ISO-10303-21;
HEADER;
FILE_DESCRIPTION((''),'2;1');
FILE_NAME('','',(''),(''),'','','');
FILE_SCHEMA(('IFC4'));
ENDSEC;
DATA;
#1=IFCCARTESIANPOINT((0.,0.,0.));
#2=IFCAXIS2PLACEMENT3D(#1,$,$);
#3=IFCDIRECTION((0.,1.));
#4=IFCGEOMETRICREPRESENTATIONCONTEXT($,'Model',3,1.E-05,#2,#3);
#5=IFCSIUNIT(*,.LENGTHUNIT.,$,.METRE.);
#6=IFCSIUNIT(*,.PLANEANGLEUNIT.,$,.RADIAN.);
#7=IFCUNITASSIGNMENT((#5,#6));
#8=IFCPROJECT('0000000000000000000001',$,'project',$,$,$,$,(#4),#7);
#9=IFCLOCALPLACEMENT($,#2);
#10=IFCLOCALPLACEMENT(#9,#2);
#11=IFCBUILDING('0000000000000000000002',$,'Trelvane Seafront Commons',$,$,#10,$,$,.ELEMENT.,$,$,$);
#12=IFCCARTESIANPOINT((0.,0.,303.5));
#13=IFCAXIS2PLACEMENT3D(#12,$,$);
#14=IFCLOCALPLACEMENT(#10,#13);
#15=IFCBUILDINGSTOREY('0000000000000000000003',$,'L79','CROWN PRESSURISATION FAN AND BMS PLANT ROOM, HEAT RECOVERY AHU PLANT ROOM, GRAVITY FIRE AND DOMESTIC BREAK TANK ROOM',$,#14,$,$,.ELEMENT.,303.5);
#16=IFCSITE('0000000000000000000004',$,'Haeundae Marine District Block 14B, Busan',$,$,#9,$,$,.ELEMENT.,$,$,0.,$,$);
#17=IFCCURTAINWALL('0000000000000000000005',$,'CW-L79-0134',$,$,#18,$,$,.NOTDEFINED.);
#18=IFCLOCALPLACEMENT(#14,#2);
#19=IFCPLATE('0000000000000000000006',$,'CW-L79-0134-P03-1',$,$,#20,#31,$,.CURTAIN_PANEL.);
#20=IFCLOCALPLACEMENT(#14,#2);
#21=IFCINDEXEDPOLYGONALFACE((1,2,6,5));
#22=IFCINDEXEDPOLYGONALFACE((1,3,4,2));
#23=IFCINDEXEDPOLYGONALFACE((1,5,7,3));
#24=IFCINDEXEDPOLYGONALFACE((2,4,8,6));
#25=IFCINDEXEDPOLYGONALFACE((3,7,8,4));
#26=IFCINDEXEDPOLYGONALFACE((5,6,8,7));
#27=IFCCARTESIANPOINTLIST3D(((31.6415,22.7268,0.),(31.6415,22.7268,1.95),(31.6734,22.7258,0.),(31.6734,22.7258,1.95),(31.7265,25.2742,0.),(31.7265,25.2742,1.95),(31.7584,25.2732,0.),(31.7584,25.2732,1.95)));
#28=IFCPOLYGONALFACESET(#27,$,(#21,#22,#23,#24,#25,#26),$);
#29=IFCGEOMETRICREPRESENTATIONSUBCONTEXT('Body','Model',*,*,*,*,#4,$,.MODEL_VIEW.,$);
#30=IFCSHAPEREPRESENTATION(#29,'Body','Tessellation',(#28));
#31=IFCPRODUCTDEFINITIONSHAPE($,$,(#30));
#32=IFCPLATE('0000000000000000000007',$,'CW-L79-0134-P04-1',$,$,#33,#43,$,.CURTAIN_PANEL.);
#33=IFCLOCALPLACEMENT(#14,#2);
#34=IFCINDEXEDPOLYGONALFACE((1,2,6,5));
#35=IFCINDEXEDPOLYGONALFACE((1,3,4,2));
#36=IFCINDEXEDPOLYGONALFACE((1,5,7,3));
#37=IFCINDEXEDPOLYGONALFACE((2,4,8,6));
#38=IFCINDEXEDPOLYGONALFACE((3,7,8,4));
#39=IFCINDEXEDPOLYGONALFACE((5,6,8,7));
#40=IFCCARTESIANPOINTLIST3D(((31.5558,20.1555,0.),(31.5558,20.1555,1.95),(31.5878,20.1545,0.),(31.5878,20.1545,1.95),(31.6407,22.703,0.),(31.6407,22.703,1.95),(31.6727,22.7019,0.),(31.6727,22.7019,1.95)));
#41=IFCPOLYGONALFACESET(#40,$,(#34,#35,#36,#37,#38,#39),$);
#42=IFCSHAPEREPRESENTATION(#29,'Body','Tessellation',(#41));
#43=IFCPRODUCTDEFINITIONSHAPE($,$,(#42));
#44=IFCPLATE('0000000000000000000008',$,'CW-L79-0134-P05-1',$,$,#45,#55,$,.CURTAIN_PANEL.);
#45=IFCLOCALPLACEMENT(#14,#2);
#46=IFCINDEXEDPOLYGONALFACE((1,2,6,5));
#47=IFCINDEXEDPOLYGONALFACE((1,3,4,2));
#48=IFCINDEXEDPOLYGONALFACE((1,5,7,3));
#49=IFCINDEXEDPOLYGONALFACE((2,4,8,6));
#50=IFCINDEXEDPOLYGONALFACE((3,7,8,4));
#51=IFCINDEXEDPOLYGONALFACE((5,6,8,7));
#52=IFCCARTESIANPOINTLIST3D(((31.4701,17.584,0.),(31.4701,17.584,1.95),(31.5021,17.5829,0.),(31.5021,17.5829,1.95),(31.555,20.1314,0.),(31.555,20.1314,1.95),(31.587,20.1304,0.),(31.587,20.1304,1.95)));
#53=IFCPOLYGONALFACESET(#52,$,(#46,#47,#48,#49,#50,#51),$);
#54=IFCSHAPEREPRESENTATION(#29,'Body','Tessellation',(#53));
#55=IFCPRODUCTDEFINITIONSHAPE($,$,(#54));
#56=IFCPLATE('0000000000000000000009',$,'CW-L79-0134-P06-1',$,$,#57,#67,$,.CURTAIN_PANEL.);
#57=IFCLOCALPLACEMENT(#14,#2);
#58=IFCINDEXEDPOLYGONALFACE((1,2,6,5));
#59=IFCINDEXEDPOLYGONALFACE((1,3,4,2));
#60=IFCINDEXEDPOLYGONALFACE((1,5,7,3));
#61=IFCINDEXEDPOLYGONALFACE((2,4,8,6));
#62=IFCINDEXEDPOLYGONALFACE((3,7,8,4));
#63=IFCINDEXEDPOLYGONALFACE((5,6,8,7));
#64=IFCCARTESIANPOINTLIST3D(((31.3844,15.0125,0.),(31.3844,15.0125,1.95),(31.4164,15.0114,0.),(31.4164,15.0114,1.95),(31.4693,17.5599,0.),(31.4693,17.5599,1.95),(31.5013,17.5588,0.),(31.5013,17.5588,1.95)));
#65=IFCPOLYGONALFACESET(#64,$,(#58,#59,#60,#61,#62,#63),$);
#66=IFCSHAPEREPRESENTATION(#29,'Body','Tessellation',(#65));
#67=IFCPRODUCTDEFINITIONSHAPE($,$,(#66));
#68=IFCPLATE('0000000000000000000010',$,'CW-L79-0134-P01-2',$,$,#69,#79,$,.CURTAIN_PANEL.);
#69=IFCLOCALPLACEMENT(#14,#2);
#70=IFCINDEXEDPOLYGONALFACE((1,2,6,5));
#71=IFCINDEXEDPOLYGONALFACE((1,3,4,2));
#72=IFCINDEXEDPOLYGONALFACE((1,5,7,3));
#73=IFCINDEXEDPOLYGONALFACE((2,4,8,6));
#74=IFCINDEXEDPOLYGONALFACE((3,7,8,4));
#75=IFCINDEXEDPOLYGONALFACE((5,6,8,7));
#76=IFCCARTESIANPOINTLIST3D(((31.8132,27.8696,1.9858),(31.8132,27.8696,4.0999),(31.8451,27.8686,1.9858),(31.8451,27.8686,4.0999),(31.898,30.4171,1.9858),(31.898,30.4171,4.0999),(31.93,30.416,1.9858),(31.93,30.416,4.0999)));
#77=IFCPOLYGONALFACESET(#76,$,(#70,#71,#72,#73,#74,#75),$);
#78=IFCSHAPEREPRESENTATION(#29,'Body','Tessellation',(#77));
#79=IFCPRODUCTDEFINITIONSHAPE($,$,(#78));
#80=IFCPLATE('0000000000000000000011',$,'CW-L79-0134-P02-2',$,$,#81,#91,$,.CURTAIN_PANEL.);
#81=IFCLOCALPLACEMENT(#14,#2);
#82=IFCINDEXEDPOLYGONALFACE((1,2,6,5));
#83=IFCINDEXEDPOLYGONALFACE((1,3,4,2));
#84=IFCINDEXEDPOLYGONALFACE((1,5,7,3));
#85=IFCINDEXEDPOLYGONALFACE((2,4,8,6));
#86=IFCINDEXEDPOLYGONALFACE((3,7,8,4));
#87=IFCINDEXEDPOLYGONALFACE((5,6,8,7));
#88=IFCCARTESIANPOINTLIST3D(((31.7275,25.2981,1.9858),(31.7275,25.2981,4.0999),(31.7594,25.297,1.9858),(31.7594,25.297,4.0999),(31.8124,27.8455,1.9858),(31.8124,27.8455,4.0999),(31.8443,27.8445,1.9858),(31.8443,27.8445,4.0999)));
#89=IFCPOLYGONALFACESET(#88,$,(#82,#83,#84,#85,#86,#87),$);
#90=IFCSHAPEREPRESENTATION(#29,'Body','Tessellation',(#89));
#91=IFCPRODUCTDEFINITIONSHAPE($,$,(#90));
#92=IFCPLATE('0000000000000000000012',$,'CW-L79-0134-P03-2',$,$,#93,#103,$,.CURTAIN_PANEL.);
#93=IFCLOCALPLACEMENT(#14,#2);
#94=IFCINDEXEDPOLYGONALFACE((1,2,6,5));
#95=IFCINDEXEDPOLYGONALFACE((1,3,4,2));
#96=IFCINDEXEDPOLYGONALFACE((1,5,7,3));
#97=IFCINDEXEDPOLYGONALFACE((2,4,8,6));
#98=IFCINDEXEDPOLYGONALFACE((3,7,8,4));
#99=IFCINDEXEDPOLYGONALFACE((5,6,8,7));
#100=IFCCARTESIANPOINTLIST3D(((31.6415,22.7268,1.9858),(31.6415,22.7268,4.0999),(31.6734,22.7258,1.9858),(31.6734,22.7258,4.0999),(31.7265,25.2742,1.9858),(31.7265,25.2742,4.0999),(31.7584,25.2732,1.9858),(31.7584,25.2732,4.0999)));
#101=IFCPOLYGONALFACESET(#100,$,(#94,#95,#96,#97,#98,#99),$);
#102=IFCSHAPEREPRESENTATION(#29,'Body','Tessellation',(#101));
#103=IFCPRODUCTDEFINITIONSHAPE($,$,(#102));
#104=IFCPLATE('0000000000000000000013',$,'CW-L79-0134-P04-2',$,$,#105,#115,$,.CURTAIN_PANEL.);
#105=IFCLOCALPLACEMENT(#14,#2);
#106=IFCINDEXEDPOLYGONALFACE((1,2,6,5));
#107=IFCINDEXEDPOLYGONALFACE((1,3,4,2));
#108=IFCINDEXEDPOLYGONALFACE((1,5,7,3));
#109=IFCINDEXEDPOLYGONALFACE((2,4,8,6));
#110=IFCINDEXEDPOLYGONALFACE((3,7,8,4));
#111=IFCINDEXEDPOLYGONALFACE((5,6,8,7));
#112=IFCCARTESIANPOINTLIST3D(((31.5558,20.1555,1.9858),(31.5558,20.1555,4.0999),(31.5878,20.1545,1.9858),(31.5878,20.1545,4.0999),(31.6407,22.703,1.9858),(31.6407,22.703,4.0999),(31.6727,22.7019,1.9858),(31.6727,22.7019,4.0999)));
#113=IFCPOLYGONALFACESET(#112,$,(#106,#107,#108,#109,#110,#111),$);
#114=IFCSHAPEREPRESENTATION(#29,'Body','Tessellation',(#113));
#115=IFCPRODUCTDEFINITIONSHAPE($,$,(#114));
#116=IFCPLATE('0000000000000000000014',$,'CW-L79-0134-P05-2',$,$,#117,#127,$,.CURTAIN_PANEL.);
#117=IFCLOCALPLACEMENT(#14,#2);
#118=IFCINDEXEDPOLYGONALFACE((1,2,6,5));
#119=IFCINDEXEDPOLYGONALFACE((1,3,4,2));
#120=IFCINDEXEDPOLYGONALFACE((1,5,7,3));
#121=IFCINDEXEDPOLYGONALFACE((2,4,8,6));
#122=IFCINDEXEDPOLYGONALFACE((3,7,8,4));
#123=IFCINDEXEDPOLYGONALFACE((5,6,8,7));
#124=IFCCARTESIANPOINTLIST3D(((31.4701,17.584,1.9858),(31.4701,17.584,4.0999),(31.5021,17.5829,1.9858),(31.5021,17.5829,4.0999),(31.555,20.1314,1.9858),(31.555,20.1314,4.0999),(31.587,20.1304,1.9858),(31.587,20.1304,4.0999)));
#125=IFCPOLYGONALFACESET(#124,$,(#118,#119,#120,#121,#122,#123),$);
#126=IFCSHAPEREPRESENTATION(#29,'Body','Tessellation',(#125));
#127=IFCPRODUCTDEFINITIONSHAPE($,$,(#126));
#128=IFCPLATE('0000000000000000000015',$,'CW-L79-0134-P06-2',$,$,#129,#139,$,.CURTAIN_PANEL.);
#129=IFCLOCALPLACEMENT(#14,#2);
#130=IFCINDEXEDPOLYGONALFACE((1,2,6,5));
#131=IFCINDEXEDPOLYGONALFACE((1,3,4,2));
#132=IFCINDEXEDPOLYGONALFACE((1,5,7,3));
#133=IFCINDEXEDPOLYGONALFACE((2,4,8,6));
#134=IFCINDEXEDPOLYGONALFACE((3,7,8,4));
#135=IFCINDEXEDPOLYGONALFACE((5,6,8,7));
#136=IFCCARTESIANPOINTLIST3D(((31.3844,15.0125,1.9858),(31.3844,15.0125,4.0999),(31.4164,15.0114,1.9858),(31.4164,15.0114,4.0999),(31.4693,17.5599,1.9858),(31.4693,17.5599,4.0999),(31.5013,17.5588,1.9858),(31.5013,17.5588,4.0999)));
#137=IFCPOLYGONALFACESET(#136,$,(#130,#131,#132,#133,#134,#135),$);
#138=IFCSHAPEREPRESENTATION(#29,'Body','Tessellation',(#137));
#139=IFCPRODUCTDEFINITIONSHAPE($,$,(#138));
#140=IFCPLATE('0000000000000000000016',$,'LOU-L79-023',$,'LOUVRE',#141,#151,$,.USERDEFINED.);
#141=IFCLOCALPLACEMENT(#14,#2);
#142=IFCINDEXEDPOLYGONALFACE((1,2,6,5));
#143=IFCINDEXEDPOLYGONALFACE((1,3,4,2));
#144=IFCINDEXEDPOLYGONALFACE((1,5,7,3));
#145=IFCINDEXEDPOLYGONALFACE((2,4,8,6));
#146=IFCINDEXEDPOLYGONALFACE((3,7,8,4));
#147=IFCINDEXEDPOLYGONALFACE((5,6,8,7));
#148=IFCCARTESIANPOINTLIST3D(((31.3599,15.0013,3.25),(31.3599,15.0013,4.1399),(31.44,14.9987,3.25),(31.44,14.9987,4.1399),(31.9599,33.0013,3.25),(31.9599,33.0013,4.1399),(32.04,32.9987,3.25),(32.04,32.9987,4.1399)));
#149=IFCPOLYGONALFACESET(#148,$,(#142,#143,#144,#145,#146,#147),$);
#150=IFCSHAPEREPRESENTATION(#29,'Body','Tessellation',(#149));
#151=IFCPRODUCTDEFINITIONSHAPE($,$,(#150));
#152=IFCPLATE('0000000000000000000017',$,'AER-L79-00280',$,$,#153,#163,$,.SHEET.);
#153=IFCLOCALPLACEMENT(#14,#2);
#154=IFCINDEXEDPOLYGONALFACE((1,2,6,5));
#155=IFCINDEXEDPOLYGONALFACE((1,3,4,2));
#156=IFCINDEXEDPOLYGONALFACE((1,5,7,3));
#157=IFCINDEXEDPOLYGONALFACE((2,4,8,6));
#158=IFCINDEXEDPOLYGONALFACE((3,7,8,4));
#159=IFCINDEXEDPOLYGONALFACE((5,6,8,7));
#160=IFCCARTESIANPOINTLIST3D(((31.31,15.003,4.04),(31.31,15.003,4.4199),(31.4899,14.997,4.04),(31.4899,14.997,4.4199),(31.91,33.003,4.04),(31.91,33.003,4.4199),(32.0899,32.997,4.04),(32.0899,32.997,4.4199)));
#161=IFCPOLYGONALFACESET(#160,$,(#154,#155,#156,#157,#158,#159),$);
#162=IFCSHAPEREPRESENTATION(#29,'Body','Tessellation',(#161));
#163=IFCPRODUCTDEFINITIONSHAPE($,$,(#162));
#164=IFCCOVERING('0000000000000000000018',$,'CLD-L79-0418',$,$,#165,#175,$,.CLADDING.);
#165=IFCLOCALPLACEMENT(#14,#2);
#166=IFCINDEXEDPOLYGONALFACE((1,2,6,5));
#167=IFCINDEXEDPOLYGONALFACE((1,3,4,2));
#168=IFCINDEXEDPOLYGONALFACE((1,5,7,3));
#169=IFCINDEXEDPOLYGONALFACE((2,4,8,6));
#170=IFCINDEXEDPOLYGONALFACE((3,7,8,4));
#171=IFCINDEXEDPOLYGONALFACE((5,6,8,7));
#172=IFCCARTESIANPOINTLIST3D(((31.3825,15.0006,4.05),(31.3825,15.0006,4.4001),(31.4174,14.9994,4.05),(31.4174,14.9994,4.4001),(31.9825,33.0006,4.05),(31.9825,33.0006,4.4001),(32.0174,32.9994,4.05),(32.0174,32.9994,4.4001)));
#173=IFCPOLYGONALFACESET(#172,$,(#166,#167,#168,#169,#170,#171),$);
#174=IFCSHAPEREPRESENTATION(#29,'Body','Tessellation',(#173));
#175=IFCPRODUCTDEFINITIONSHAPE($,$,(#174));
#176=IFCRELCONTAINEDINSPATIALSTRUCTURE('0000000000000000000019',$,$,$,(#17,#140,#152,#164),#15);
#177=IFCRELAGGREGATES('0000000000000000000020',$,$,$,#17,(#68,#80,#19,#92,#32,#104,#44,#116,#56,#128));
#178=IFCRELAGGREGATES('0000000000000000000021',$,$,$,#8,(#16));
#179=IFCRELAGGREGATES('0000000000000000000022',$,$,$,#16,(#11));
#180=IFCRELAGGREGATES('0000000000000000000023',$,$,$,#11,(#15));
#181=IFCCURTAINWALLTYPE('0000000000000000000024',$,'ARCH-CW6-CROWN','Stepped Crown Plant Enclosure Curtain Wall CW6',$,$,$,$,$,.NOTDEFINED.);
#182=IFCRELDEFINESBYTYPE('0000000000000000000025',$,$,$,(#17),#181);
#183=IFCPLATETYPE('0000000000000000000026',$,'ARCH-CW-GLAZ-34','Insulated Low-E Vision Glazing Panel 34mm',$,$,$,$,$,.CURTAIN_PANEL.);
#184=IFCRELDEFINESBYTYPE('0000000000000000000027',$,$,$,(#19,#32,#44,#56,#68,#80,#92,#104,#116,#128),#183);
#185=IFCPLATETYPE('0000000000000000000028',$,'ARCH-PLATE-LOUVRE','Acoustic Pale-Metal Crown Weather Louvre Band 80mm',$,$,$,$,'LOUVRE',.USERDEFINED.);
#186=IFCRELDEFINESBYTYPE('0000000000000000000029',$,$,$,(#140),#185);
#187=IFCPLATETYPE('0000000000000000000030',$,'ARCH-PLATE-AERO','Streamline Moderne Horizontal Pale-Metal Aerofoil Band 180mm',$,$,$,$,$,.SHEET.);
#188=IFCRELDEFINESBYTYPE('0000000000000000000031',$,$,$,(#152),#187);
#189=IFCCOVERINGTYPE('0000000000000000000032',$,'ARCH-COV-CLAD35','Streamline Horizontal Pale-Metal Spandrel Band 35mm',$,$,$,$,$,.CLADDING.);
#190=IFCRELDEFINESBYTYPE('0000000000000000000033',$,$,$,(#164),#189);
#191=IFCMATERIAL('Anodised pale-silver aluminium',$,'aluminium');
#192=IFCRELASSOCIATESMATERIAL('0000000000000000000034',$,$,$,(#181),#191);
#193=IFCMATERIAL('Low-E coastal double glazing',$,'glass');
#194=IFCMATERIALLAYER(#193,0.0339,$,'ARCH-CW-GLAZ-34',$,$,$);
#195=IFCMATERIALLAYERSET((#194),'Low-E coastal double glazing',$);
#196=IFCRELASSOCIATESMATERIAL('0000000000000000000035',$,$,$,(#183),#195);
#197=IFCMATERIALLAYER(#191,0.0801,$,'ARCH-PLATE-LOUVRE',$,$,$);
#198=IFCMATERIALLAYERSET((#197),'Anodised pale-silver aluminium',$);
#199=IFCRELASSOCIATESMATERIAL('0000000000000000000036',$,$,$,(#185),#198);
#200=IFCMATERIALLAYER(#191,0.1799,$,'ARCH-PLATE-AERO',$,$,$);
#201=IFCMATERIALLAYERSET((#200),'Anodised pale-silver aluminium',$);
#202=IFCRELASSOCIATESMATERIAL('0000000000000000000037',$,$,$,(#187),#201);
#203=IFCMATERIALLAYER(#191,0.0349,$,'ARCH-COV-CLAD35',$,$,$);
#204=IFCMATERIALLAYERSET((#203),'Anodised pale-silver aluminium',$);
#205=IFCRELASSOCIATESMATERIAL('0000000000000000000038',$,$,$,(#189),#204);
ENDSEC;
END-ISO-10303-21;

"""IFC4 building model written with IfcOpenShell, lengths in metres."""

from ifc_helpers import new_model, si_unit, direction, frame, origin, origin_2d, place, context, subcontext, project, spatial, rectangle, extrude, source, transform, mapped, material, layer, layer_set, type_object, element, aggregate, save


model = new_model("IFC4")

# Units and contexts
model_context = context("Model", 3, precision=1e-05, world=origin(), true_north=direction((0.0, 1.0)))
body_context = subcontext(model_context, "Body", "Model", "MODEL_VIEW")
ifc_project = project(units=[si_unit("LENGTHUNIT", "METRE"), si_unit("PLANEANGLEUNIT", "RADIAN")], contexts=[model_context])

# Site, building, storey
site_placement = place(None, origin())
site = spatial("IfcSite", under=ifc_project, at=site_placement, Name="Haeundae Marine District Block 14B, Busan", CompositionType="ELEMENT", RefElevation=0.0)
building_placement = place(site_placement, origin())
building = spatial("IfcBuilding", under=site, at=building_placement, Name="Trelvane Seafront Commons", CompositionType="ELEMENT")
storey_placement = place(building_placement, frame((0.0, 0.0, 303.5)))
storey = spatial("IfcBuildingStorey", under=building, at=storey_placement, Name="L79", Description="CROWN PRESSURISATION FAN AND BMS PLANT ROOM, HEAT RECOVERY AHU PLANT ROOM, GRAVITY FIRE AND DOMESTIC BREAK TANK ROOM", CompositionType="ELEMENT", Elevation=303.5)

# Curtain wall
ifc_material_1 = material(Name="Anodised pale-silver aluminium", Category="aluminium")
curtain_wall_type = type_object("IfcCurtainWallType", Name="ARCH-CW6-CROWN", Description="Stepped Crown Plant Enclosure Curtain Wall CW6", PredefinedType="NOTDEFINED", material=ifc_material_1)
curtain_wall_1_placement = place(storey_placement, origin())
curtain_wall_1 = element("IfcCurtainWall", 1, at=curtain_wall_1_placement, inside=storey, type_object=curtain_wall_type, Name="CW-L79-0134", PredefinedType="NOTDEFINED")

# Plates
ifc_material_2 = material(Name="Low-E coastal double glazing", Category="glass")
ifc_layer_1 = layer(ifc_material_2, 0.0339, Name="ARCH-CW-GLAZ-34")
ifc_layer_set_1 = layer_set([ifc_layer_1], Name="Low-E coastal double glazing")
plate_type_1 = type_object("IfcPlateType", Name="ARCH-CW-GLAZ-34", Description="Insulated Low-E Vision Glazing Panel 34mm", PredefinedType="CURTAIN_PANEL", material=ifc_layer_set_1)
shared_shape_1 = source(origin(), body_context, "Body", "SweptSolid", [
    extrude(rectangle(XDim=2.5488, YDim=0.032, at=origin_2d()), origin(), (0.0, 0.0, 1.0), 1.95),
])
plate_1_placement = place(storey_placement, frame((31.7, 24.0, 0.0), z_axis=(0.0, 0.0, 1.0), x_axis=(-0.033349, -0.999444, 0.0)))
plate_1 = element("IfcPlate", 2, at=plate_1_placement, type_object=plate_type_1, Name="CW-L79-0134-P03-1", PredefinedType="CURTAIN_PANEL", context=body_context, shape_type="MappedRepresentation", body=[
    mapped(shared_shape_1, transform((0.0, 0.0, 0.0), x_axis=(1.0, 0.0, 0.0), y_axis=(0.0, 1.0, 0.0), z_axis=(0.0, 0.0, 1.0), scale=1.0)),
])
plate_2_placement = place(storey_placement, frame((31.6143, 21.4287, 0.0), z_axis=(0.0, 0.0, 1.0), x_axis=(-0.03331, -0.999445, 0.0)))
plate_2 = element("IfcPlate", 3, at=plate_2_placement, type_object=plate_type_1, Name="CW-L79-0134-P04-1", PredefinedType="CURTAIN_PANEL", context=body_context, shape_type="MappedRepresentation", body=[
    mapped(shared_shape_1, transform((0.0, 0.0, 0.0), x_axis=(1.0, 0.0, 0.0), y_axis=(0.0, 1.0, 0.0), z_axis=(0.0, 0.0, 1.0), scale=1.0)),
])
plate_3_placement = place(storey_placement, frame((31.5286, 18.8572, 0.0), z_axis=(0.0, 0.0, 1.0), x_axis=(-0.033309, -0.999445, 0.0)))
plate_3 = element("IfcPlate", 4, at=plate_3_placement, type_object=plate_type_1, Name="CW-L79-0134-P05-1", PredefinedType="CURTAIN_PANEL", context=body_context, shape_type="MappedRepresentation", body=[
    mapped(shared_shape_1, transform((0.0, 0.0, 0.0), x_axis=(1.0, 0.0, 0.0), y_axis=(0.0, 1.0, 0.0), z_axis=(0.0, 0.0, 1.0), scale=1.0)),
])
plate_4_placement = place(storey_placement, frame((31.4429, 16.2856, 0.0), z_axis=(0.0, 0.0, 1.0), x_axis=(-0.03331, -0.999445, 0.0)))
plate_4 = element("IfcPlate", 5, at=plate_4_placement, type_object=plate_type_1, Name="CW-L79-0134-P06-1", PredefinedType="CURTAIN_PANEL", context=body_context, shape_type="MappedRepresentation", body=[
    mapped(shared_shape_1, transform((0.0, 0.0, 0.0), x_axis=(1.0, 0.0, 0.0), y_axis=(0.0, 1.0, 0.0), z_axis=(0.0, 0.0, 1.0), scale=1.0)),
])
shared_shape_2 = source(origin(), body_context, "Body", "SweptSolid", [
    extrude(rectangle(XDim=2.5488, YDim=0.032, at=origin_2d()), origin(), (0.0, 0.0, 1.0), 2.114),
])
plate_5_placement = place(storey_placement, frame((31.8716, 29.1428, 1.9858), z_axis=(0.0, 0.0, 1.0), x_axis=(-0.033309, -0.999445, 0.0)))
plate_5 = element("IfcPlate", 6, at=plate_5_placement, type_object=plate_type_1, Name="CW-L79-0134-P01-2", PredefinedType="CURTAIN_PANEL", context=body_context, shape_type="MappedRepresentation", body=[
    mapped(shared_shape_2, transform((0.0, 0.0, 0.0), x_axis=(1.0, 0.0, 0.0), y_axis=(0.0, 1.0, 0.0), z_axis=(0.0, 0.0, 1.0), scale=1.0)),
])
plate_6_placement = place(storey_placement, frame((31.7859, 26.5713, 1.9858), z_axis=(0.0, 0.0, 1.0), x_axis=(-0.03331, -0.999445, 0.0)))
plate_6 = element("IfcPlate", 7, at=plate_6_placement, type_object=plate_type_1, Name="CW-L79-0134-P02-2", PredefinedType="CURTAIN_PANEL", context=body_context, shape_type="MappedRepresentation", body=[
    mapped(shared_shape_2, transform((0.0, 0.0, 0.0), x_axis=(1.0, 0.0, 0.0), y_axis=(0.0, 1.0, 0.0), z_axis=(0.0, 0.0, 1.0), scale=1.0)),
])
plate_7_placement = place(storey_placement, frame((31.7, 24.0, 1.9858), z_axis=(0.0, 0.0, 1.0), x_axis=(-0.033349, -0.999444, 0.0)))
plate_7 = element("IfcPlate", 8, at=plate_7_placement, type_object=plate_type_1, Name="CW-L79-0134-P03-2", PredefinedType="CURTAIN_PANEL", context=body_context, shape_type="MappedRepresentation", body=[
    mapped(shared_shape_2, transform((0.0, 0.0, 0.0), x_axis=(1.0, 0.0, 0.0), y_axis=(0.0, 1.0, 0.0), z_axis=(0.0, 0.0, 1.0), scale=1.0)),
])
plate_8_placement = place(storey_placement, frame((31.6143, 21.4287, 1.9858), z_axis=(0.0, 0.0, 1.0), x_axis=(-0.03331, -0.999445, 0.0)))
plate_8 = element("IfcPlate", 9, at=plate_8_placement, type_object=plate_type_1, Name="CW-L79-0134-P04-2", PredefinedType="CURTAIN_PANEL", context=body_context, shape_type="MappedRepresentation", body=[
    mapped(shared_shape_2, transform((0.0, 0.0, 0.0), x_axis=(1.0, 0.0, 0.0), y_axis=(0.0, 1.0, 0.0), z_axis=(0.0, 0.0, 1.0), scale=1.0)),
])
plate_9_placement = place(storey_placement, frame((31.5286, 18.8572, 1.9858), z_axis=(0.0, 0.0, 1.0), x_axis=(-0.033309, -0.999445, 0.0)))
plate_9 = element("IfcPlate", 10, at=plate_9_placement, type_object=plate_type_1, Name="CW-L79-0134-P05-2", PredefinedType="CURTAIN_PANEL", context=body_context, shape_type="MappedRepresentation", body=[
    mapped(shared_shape_2, transform((0.0, 0.0, 0.0), x_axis=(1.0, 0.0, 0.0), y_axis=(0.0, 1.0, 0.0), z_axis=(0.0, 0.0, 1.0), scale=1.0)),
])
plate_10_placement = place(storey_placement, frame((31.4429, 16.2856, 1.9858), z_axis=(0.0, 0.0, 1.0), x_axis=(-0.03331, -0.999445, 0.0)))
plate_10 = element("IfcPlate", 11, at=plate_10_placement, type_object=plate_type_1, Name="CW-L79-0134-P06-2", PredefinedType="CURTAIN_PANEL", context=body_context, shape_type="MappedRepresentation", body=[
    mapped(shared_shape_2, transform((0.0, 0.0, 0.0), x_axis=(1.0, 0.0, 0.0), y_axis=(0.0, 1.0, 0.0), z_axis=(0.0, 0.0, 1.0), scale=1.0)),
])
aggregate(curtain_wall_1, [plate_5, plate_6, plate_1, plate_7, plate_2, plate_8, plate_3, plate_9, plate_4, plate_10])

# Plates
ifc_layer_2 = layer(ifc_material_1, 0.0801, Name="ARCH-PLATE-LOUVRE")
ifc_layer_set_2 = layer_set([ifc_layer_2], Name="Anodised pale-silver aluminium")
plate_type_2 = type_object("IfcPlateType", Name="ARCH-PLATE-LOUVRE", Description="Acoustic Pale-Metal Crown Weather Louvre Band 80mm", ElementType="LOUVRE", PredefinedType="USERDEFINED", material=ifc_layer_set_2)
shared_shape_3 = source(origin(), body_context, "Body", "SweptSolid", [
    extrude(rectangle(XDim=18.01, YDim=0.0801, at=origin_2d()), origin(), (0.0, 0.0, 1.0), 0.8899),
])
plate_11_placement = place(storey_placement, frame((31.7, 24.0, 3.25), z_axis=(0.0, 0.0, 1.0), x_axis=(-0.033316, -0.999445, 0.0)))
element("IfcPlate", 12, at=plate_11_placement, inside=storey, type_object=plate_type_2, Name="LOU-L79-023", ObjectType="LOUVRE", PredefinedType="USERDEFINED", context=body_context, shape_type="MappedRepresentation", body=[
    mapped(shared_shape_3, transform((0.0, 0.0, 0.0), x_axis=(1.0, 0.0, 0.0), y_axis=(0.0, 1.0, 0.0), z_axis=(0.0, 0.0, 1.0), scale=1.0)),
])
ifc_layer_3 = layer(ifc_material_1, 0.1799, Name="ARCH-PLATE-AERO")
ifc_layer_set_3 = layer_set([ifc_layer_3], Name="Anodised pale-silver aluminium")
plate_type_3 = type_object("IfcPlateType", Name="ARCH-PLATE-AERO", Description="Streamline Moderne Horizontal Pale-Metal Aerofoil Band 180mm", PredefinedType="SHEET", material=ifc_layer_set_3)
shared_shape_4 = source(origin(), body_context, "Body", "SweptSolid", [
    extrude(rectangle(XDim=18.01, YDim=0.1799, at=origin_2d()), origin(), (0.0, 0.0, 1.0), 0.3799),
])
plate_12_placement = place(storey_placement, frame((31.7, 24.0, 4.04), z_axis=(0.0, 0.0, 1.0), x_axis=(-0.033316, -0.999445, 0.0)))
element("IfcPlate", 13, at=plate_12_placement, inside=storey, type_object=plate_type_3, Name="AER-L79-00280", PredefinedType="SHEET", context=body_context, shape_type="MappedRepresentation", body=[
    mapped(shared_shape_4, transform((0.0, 0.0, 0.0), x_axis=(1.0, 0.0, 0.0), y_axis=(0.0, 1.0, 0.0), z_axis=(0.0, 0.0, 1.0), scale=1.0)),
])

# Covering
ifc_layer_4 = layer(ifc_material_1, 0.0349, Name="ARCH-COV-CLAD35")
ifc_layer_set_4 = layer_set([ifc_layer_4], Name="Anodised pale-silver aluminium")
covering_type = type_object("IfcCoveringType", Name="ARCH-COV-CLAD35", Description="Streamline Horizontal Pale-Metal Spandrel Band 35mm", PredefinedType="CLADDING", material=ifc_layer_set_4)
shared_shape_5 = source(origin(), body_context, "Body", "SweptSolid", [
    extrude(rectangle(XDim=18.01, YDim=0.0349, at=origin_2d()), origin(), (0.0, 0.0, 1.0), 0.3501),
])
covering_placement = place(storey_placement, frame((31.7, 24.0, 4.05), z_axis=(0.0, 0.0, 1.0), x_axis=(-0.033316, -0.999445, 0.0)))
element("IfcCovering", 14, at=covering_placement, inside=storey, type_object=covering_type, Name="CLD-L79-0418", PredefinedType="CLADDING", context=body_context, shape_type="MappedRepresentation", body=[
    mapped(shared_shape_5, transform((0.0, 0.0, 0.0), x_axis=(1.0, 0.0, 0.0), y_axis=(0.0, 1.0, 0.0), z_axis=(0.0, 0.0, 1.0), scale=1.0)),
])

save(model, "model.ifc")
